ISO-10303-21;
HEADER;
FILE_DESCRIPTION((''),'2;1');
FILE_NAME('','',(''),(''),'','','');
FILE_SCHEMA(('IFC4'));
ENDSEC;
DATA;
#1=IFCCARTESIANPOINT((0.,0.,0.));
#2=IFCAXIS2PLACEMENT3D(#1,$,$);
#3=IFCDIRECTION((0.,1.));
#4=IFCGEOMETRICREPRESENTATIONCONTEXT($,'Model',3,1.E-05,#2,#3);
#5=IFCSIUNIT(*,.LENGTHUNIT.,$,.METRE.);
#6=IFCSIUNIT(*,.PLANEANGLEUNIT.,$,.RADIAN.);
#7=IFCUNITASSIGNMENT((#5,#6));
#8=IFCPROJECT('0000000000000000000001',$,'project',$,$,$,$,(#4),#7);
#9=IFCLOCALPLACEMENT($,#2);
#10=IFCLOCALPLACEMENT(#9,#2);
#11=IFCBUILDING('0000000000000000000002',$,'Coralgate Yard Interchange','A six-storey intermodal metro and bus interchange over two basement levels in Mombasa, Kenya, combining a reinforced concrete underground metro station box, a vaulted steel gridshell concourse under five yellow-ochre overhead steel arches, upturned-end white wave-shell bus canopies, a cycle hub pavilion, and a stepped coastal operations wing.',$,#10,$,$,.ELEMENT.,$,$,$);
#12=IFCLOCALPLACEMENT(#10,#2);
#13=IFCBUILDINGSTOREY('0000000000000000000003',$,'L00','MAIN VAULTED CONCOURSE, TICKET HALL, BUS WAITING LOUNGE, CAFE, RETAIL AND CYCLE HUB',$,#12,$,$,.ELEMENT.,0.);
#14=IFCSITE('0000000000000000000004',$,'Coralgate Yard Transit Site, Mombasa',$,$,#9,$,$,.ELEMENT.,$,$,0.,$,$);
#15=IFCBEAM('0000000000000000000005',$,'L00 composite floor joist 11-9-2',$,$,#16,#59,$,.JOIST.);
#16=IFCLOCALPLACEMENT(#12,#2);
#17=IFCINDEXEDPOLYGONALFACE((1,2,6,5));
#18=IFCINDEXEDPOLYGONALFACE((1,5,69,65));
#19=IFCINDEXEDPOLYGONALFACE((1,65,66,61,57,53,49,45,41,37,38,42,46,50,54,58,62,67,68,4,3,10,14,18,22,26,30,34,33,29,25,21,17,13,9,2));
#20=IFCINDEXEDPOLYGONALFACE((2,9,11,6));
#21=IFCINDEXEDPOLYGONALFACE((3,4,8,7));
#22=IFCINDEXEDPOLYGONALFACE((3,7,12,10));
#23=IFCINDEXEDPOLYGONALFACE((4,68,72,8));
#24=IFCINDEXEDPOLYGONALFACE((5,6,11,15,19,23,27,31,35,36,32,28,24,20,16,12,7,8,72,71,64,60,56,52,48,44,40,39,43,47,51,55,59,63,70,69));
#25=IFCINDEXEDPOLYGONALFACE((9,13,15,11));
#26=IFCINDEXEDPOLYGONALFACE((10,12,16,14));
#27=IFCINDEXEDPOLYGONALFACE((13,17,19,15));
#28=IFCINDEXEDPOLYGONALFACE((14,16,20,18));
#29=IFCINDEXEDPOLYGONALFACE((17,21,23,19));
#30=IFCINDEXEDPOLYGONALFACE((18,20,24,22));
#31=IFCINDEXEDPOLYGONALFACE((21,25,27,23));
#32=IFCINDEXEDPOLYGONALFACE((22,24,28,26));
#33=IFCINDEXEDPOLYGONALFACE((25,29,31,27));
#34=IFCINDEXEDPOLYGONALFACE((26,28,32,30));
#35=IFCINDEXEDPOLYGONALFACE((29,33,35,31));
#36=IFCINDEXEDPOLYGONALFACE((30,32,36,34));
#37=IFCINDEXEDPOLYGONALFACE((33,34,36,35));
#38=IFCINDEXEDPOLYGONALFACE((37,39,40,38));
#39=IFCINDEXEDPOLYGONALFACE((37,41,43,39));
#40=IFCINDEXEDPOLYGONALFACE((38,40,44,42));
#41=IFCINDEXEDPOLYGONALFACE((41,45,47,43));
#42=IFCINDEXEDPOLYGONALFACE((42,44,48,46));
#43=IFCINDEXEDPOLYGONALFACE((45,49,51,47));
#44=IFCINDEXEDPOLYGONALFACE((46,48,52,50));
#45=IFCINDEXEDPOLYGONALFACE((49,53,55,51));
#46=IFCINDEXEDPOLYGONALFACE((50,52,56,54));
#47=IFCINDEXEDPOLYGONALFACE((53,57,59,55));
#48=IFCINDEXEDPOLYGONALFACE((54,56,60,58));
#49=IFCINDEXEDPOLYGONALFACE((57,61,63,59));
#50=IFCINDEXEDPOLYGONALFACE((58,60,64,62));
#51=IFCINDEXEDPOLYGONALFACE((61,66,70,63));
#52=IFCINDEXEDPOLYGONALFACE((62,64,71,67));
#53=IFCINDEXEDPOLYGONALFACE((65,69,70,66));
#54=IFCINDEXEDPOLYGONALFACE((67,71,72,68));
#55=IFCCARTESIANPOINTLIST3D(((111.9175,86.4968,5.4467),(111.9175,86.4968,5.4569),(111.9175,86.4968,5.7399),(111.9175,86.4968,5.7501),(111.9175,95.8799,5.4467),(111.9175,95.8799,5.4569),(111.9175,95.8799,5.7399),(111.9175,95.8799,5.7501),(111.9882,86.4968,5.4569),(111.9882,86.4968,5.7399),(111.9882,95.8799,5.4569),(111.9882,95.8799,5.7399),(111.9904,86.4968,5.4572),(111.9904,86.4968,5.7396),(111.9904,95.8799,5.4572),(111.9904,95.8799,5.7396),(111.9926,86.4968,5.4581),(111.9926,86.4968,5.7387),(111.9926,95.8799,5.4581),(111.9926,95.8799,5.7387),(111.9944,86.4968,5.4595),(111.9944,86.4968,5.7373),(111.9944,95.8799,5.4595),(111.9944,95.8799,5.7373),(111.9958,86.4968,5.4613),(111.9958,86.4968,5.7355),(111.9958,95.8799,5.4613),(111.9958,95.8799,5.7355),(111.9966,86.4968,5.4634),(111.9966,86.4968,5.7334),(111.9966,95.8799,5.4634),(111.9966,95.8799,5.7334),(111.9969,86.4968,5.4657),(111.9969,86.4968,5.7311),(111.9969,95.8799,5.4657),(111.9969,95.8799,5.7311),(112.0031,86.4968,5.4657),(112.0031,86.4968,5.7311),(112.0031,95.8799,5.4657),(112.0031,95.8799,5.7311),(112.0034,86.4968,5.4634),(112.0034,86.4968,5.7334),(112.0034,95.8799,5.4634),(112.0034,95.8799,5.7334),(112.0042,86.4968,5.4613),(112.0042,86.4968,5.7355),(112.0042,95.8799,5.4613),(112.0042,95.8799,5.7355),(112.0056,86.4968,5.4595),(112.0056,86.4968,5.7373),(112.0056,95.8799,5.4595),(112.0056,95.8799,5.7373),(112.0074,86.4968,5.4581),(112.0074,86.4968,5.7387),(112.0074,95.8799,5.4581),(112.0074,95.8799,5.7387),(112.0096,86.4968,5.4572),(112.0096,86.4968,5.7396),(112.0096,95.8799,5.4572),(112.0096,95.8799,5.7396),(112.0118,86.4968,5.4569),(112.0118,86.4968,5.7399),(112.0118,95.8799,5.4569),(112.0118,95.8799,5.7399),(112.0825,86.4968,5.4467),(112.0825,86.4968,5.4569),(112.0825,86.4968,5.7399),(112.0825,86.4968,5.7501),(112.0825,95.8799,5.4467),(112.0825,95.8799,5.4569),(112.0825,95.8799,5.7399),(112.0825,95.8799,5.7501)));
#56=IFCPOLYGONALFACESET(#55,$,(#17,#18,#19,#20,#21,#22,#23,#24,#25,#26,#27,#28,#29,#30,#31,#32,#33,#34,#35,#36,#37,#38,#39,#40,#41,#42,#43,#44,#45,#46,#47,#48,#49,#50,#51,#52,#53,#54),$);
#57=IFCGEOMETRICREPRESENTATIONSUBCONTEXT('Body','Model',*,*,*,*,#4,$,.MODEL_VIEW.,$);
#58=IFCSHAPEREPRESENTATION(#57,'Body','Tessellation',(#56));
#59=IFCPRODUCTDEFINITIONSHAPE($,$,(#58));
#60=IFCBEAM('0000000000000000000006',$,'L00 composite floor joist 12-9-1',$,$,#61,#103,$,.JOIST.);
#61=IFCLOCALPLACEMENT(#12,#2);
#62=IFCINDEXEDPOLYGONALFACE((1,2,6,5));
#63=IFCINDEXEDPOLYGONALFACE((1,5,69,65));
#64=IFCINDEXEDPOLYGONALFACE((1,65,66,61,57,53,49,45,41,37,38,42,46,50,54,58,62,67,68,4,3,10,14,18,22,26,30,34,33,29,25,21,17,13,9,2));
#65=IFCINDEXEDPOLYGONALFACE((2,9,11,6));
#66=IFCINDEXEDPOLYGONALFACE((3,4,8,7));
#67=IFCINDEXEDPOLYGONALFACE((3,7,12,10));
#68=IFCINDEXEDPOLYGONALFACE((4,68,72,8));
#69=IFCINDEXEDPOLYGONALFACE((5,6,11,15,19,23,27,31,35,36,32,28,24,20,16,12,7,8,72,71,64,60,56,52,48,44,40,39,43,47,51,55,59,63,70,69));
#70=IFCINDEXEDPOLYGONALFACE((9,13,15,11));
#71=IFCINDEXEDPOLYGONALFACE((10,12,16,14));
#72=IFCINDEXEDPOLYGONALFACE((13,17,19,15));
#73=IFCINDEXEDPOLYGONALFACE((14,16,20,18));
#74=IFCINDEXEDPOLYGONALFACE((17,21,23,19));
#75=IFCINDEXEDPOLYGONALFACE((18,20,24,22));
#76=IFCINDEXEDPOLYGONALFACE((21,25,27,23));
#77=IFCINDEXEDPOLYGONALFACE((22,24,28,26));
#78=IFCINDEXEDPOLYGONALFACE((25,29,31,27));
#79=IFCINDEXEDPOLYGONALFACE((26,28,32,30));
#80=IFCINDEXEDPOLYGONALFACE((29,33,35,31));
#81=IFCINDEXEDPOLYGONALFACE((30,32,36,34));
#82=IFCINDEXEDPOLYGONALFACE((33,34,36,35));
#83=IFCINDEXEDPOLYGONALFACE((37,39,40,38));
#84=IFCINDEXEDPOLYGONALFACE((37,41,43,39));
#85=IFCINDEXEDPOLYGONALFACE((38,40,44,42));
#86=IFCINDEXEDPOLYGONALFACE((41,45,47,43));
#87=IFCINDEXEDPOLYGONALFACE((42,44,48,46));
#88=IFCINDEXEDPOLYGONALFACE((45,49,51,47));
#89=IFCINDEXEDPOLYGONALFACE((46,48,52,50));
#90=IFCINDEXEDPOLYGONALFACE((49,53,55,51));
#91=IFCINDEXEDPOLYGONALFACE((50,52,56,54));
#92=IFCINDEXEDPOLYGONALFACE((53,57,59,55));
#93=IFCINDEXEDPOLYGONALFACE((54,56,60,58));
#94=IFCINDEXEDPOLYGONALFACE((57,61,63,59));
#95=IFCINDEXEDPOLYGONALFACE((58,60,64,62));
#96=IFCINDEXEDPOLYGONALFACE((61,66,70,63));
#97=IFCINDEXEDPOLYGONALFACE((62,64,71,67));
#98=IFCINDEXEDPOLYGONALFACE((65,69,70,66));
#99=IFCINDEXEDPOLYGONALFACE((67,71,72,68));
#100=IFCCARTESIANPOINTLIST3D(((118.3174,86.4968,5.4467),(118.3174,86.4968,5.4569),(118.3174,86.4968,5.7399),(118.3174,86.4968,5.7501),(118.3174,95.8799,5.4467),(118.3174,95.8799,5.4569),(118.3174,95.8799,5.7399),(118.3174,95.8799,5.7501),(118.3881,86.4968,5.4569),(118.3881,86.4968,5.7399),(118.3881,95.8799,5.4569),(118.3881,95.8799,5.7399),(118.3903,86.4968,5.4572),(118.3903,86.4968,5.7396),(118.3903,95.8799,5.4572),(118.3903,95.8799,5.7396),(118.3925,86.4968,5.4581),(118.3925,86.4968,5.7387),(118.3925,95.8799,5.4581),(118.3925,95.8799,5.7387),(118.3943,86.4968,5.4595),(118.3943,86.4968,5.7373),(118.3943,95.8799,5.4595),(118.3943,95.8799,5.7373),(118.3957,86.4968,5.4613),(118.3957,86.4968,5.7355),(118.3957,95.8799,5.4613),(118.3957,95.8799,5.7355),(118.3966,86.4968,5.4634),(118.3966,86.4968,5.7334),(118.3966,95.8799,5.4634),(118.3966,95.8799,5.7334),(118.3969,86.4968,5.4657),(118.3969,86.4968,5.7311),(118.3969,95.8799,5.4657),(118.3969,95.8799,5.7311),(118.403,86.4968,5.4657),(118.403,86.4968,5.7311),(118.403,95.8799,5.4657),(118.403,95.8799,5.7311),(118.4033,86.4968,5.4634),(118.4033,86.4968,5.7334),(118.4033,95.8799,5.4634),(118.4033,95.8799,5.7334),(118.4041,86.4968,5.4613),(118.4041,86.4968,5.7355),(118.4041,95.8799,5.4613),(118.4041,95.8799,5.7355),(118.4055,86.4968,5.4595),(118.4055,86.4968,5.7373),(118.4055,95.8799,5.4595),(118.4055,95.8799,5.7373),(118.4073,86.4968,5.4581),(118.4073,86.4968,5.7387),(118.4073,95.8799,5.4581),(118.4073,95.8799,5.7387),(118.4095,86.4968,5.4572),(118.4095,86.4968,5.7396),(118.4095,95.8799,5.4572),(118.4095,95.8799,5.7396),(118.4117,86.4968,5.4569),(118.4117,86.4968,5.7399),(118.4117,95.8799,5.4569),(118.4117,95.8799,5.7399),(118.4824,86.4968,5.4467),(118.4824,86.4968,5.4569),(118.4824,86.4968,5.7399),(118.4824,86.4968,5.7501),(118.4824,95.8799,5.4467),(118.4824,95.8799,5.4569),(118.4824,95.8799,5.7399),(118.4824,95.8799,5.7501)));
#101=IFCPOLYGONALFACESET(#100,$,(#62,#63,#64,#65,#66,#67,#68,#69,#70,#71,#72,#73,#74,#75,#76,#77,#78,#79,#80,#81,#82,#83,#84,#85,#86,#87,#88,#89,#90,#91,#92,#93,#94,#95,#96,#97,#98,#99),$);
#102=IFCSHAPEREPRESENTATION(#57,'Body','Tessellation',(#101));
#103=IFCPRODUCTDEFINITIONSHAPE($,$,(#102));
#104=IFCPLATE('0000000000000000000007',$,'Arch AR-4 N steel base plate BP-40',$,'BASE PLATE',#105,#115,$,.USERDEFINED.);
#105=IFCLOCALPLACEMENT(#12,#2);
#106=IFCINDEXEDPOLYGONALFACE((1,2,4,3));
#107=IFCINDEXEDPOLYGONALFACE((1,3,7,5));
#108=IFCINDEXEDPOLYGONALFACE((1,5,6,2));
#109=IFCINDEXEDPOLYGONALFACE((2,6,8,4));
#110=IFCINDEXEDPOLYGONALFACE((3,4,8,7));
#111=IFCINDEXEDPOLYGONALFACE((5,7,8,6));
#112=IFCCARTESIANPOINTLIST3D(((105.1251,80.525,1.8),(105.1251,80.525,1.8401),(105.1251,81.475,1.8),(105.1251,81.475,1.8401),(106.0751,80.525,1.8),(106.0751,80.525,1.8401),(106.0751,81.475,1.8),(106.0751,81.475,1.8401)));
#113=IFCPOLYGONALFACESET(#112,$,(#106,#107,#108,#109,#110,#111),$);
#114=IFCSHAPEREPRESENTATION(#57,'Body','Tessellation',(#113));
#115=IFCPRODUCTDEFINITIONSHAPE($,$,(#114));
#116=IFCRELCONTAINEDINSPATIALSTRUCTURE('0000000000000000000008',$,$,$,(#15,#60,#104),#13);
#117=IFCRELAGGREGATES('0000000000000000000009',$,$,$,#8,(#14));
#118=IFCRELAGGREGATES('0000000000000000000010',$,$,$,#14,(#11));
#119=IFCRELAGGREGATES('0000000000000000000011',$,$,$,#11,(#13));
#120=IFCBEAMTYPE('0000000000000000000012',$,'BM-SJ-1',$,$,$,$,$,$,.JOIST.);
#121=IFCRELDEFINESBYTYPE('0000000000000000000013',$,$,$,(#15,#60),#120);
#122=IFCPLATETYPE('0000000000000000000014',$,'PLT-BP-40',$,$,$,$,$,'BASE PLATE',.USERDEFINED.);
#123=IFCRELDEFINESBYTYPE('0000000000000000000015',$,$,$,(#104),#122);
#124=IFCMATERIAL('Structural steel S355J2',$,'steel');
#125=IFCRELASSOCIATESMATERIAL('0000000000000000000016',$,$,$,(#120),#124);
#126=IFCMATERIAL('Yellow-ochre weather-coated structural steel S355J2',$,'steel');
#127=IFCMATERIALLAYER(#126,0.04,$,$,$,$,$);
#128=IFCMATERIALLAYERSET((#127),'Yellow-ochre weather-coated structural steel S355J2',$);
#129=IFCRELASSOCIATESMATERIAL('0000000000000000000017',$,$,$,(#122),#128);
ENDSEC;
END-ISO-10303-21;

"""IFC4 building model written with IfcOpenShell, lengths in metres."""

from ifc_helpers import new_model, si_unit, direction, frame, origin, origin_2d, place, context, subcontext, project, spatial, rectangle, i_section, extrude, material, layer, layer_set, material_profile, profile_set, type_object, element, save


model = new_model("IFC4")

# Units and contexts
model_context = context("Model", 3, precision=1e-05, world=origin(), true_north=direction((0.0, 1.0)))
body_context = subcontext(model_context, "Body", "Model", "MODEL_VIEW")
ifc_project = project(units=[si_unit("LENGTHUNIT", "METRE"), si_unit("PLANEANGLEUNIT", "RADIAN")], contexts=[model_context])

# Site, building, storey
site_placement = place(None, origin())
site = spatial("IfcSite", under=ifc_project, at=site_placement, Name="Coralgate Yard Transit Site, Mombasa", CompositionType="ELEMENT", RefElevation=0.0)
building_placement = place(site_placement, origin())
building = spatial("IfcBuilding", under=site, at=building_placement, Name="Coralgate Yard Interchange", Description="A six-storey intermodal metro and bus interchange over two basement levels in Mombasa, Kenya, combining a reinforced concrete underground metro station box, a vaulted steel gridshell concourse under five yellow-ochre overhead steel arches, upturned-end white wave-shell bus canopies, a cycle hub pavilion, and a stepped coastal operations wing.", CompositionType="ELEMENT")
storey_placement = place(building_placement, origin())
storey = spatial("IfcBuildingStorey", under=building, at=storey_placement, Name="L00", Description="MAIN VAULTED CONCOURSE, TICKET HALL, BUS WAITING LOUNGE, CAFE, RETAIL AND CYCLE HUB", CompositionType="ELEMENT", Elevation=0.0)

# Shared definitions
ifc_material_1 = material(Name="Structural steel S355J2", Category="steel")

# Beams
ifc_material_profile_1 = material_profile(ifc_material_1, i_section(OverallWidth=0.165, OverallDepth=0.3035, WebThickness=0.0061, FlangeThickness=0.0103, FilletRadius=0.0088, at=origin_2d()), Name="UB 305x165x40")
ifc_profile_set_1 = profile_set([ifc_material_profile_1], Name="Structural steel S355J2")
beam_type_1 = type_object("IfcBeamType", Name="BM-SJ-1", PredefinedType="JOIST", material=ifc_profile_set_1)
for number, where, z_axis, x_axis, name in (
    (1, (112.0, 86.4968, 5.5984), (0.0, 1.0, 0.0), (-1.0, 0.0, 0.0), "L00 composite floor joist 11-9-2"),
    (2, (118.3999, 86.4968, 5.5984), (0.0, 1.0, 0.0), (-1.0, 0.0, 0.0), "L00 composite floor joist 12-9-1"),
):
    element("IfcBeam", number, at=place(storey_placement, frame(where, z_axis=z_axis, x_axis=x_axis)), inside=storey, type_object=beam_type_1, Name=name, PredefinedType="JOIST", context=body_context, shape_type="SweptSolid", body=[
        extrude(i_section(OverallWidth=0.165, OverallDepth=0.3035, WebThickness=0.0061, FlangeThickness=0.0103, FilletRadius=0.0088, at=origin_2d()), origin(), (0.0, 0.0, 1.0), 9.3831),
    ])

# Plate
ifc_material_2 = material(Name="Yellow-ochre weather-coated structural steel S355J2", Category="steel")
ifc_layer = layer(ifc_material_2, 0.04)
ifc_layer_set = layer_set([ifc_layer], Name="Yellow-ochre weather-coated structural steel S355J2")
plate_type = type_object("IfcPlateType", Name="PLT-BP-40", ElementType="BASE PLATE", PredefinedType="USERDEFINED", material=ifc_layer_set)
plate_placement = place(storey_placement, frame((105.6001, 81.0, 1.8), z_axis=(0.0, 0.0, 1.0), x_axis=(1.0, 0.0, 0.0)))
element("IfcPlate", 3, at=plate_placement, inside=storey, type_object=plate_type, Name="Arch AR-4 N steel base plate BP-40", ObjectType="BASE PLATE", PredefinedType="USERDEFINED", context=body_context, shape_type="SweptSolid", body=[
    extrude(rectangle(XDim=0.95, YDim=0.95, at=origin_2d()), origin(), (0.0, 0.0, 1.0), 0.04),
])

save(model, "model.ifc")
